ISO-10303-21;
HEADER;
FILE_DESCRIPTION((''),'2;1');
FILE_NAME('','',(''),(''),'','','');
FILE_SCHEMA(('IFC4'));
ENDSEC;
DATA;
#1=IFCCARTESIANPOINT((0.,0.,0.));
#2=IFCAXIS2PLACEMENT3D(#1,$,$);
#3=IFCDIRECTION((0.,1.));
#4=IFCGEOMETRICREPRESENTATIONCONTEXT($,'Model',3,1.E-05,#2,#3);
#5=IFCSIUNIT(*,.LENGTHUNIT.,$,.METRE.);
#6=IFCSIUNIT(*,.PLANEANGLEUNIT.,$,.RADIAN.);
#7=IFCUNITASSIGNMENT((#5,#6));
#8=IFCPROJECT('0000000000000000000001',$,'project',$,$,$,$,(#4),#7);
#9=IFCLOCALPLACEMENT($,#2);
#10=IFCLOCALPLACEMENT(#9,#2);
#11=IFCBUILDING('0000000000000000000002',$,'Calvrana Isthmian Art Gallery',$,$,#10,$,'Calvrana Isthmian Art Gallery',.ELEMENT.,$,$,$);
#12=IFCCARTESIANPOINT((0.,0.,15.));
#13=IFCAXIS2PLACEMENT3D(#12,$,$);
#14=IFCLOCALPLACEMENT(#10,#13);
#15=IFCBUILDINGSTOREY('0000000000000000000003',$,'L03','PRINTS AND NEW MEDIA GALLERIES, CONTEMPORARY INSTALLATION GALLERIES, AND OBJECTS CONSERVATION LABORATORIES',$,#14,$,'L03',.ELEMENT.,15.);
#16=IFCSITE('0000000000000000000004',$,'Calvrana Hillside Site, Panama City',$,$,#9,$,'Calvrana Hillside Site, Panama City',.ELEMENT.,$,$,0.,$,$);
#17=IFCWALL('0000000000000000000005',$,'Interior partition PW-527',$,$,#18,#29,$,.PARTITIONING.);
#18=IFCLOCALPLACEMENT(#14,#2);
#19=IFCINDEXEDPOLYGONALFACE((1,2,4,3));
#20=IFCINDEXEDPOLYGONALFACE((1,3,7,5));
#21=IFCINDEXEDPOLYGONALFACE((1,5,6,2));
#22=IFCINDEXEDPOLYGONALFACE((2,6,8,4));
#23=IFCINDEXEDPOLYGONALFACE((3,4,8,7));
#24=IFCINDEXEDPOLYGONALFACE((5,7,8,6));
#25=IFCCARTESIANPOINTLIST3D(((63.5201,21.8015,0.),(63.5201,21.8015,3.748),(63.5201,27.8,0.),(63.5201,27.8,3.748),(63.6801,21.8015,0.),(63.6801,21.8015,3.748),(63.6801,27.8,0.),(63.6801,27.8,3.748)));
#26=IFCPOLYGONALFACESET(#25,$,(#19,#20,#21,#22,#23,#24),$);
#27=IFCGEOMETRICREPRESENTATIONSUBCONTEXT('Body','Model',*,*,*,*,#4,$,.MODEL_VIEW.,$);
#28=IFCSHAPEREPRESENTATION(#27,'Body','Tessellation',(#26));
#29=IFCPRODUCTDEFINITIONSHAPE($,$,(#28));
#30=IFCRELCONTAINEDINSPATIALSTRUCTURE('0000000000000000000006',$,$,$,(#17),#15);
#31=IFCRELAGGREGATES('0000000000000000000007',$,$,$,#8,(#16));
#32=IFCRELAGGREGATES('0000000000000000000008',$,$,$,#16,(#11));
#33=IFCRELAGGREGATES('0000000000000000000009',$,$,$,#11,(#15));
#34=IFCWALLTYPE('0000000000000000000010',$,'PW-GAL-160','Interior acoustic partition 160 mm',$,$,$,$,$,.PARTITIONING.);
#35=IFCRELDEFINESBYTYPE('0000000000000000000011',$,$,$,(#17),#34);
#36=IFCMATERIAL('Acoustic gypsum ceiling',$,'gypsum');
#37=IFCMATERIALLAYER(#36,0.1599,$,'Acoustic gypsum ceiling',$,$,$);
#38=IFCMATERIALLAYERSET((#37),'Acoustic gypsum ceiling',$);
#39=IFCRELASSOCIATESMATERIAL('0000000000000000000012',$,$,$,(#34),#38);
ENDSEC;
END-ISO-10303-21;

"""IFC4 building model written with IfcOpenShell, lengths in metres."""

from ifc_helpers import new_model, si_unit, direction, frame, frame_2d, origin, place, context, subcontext, project, spatial, rectangle, extrude, material, layer, layer_set, type_object, element, save


model = new_model("IFC4")

# Units and contexts
model_context = context("Model", 3, precision=1e-05, world=origin(), true_north=direction((0.0, 1.0)))
body_context = subcontext(model_context, "Body", "Model", "MODEL_VIEW")
ifc_project = project(units=[si_unit("LENGTHUNIT", "METRE"), si_unit("PLANEANGLEUNIT", "RADIAN")], contexts=[model_context])

# Site, building, storey
site_placement = place(None, origin())
site = spatial("IfcSite", under=ifc_project, at=site_placement, Name="Calvrana Hillside Site, Panama City", LongName="Calvrana Hillside Site, Panama City", CompositionType="ELEMENT", RefElevation=0.0)
building_placement = place(site_placement, origin())
building = spatial("IfcBuilding", under=site, at=building_placement, Name="Calvrana Isthmian Art Gallery", LongName="Calvrana Isthmian Art Gallery", CompositionType="ELEMENT")
storey_placement = place(building_placement, frame((0.0, 0.0, 15.0)))
storey = spatial("IfcBuildingStorey", under=building, at=storey_placement, Name="L03", Description="PRINTS AND NEW MEDIA GALLERIES, CONTEMPORARY INSTALLATION GALLERIES, AND OBJECTS CONSERVATION LABORATORIES", LongName="L03", CompositionType="ELEMENT", Elevation=15.0)

# Wall
ifc_material_1 = material(Name="Acoustic gypsum ceiling", Category="gypsum")
ifc_layer_1 = layer(ifc_material_1, 0.1599, Name="Acoustic gypsum ceiling")
ifc_layer_set_1 = layer_set([ifc_layer_1], Name="Acoustic gypsum ceiling")
wall_type_1 = type_object("IfcWallType", Name="PW-GAL-160", Description="Interior acoustic partition 160 mm", PredefinedType="PARTITIONING", material=ifc_layer_set_1)
wall_1_placement = place(storey_placement, frame((63.6001, 21.8015, 0.0), z_axis=(0.0, 0.0, 1.0), x_axis=(0.0, 1.0, 0.0)))
element("IfcWall", 1, at=wall_1_placement, inside=storey, type_object=wall_type_1, Name="Interior partition PW-527", PredefinedType="PARTITIONING", context=body_context, shape_type="SweptSolid", body=[
    extrude(rectangle(XDim=5.9985, YDim=0.1599, at=frame_2d((2.9993, 0.0))), origin(), (0.0, 0.0, 1.0), 3.748),
])

save(model, "model.ifc")
